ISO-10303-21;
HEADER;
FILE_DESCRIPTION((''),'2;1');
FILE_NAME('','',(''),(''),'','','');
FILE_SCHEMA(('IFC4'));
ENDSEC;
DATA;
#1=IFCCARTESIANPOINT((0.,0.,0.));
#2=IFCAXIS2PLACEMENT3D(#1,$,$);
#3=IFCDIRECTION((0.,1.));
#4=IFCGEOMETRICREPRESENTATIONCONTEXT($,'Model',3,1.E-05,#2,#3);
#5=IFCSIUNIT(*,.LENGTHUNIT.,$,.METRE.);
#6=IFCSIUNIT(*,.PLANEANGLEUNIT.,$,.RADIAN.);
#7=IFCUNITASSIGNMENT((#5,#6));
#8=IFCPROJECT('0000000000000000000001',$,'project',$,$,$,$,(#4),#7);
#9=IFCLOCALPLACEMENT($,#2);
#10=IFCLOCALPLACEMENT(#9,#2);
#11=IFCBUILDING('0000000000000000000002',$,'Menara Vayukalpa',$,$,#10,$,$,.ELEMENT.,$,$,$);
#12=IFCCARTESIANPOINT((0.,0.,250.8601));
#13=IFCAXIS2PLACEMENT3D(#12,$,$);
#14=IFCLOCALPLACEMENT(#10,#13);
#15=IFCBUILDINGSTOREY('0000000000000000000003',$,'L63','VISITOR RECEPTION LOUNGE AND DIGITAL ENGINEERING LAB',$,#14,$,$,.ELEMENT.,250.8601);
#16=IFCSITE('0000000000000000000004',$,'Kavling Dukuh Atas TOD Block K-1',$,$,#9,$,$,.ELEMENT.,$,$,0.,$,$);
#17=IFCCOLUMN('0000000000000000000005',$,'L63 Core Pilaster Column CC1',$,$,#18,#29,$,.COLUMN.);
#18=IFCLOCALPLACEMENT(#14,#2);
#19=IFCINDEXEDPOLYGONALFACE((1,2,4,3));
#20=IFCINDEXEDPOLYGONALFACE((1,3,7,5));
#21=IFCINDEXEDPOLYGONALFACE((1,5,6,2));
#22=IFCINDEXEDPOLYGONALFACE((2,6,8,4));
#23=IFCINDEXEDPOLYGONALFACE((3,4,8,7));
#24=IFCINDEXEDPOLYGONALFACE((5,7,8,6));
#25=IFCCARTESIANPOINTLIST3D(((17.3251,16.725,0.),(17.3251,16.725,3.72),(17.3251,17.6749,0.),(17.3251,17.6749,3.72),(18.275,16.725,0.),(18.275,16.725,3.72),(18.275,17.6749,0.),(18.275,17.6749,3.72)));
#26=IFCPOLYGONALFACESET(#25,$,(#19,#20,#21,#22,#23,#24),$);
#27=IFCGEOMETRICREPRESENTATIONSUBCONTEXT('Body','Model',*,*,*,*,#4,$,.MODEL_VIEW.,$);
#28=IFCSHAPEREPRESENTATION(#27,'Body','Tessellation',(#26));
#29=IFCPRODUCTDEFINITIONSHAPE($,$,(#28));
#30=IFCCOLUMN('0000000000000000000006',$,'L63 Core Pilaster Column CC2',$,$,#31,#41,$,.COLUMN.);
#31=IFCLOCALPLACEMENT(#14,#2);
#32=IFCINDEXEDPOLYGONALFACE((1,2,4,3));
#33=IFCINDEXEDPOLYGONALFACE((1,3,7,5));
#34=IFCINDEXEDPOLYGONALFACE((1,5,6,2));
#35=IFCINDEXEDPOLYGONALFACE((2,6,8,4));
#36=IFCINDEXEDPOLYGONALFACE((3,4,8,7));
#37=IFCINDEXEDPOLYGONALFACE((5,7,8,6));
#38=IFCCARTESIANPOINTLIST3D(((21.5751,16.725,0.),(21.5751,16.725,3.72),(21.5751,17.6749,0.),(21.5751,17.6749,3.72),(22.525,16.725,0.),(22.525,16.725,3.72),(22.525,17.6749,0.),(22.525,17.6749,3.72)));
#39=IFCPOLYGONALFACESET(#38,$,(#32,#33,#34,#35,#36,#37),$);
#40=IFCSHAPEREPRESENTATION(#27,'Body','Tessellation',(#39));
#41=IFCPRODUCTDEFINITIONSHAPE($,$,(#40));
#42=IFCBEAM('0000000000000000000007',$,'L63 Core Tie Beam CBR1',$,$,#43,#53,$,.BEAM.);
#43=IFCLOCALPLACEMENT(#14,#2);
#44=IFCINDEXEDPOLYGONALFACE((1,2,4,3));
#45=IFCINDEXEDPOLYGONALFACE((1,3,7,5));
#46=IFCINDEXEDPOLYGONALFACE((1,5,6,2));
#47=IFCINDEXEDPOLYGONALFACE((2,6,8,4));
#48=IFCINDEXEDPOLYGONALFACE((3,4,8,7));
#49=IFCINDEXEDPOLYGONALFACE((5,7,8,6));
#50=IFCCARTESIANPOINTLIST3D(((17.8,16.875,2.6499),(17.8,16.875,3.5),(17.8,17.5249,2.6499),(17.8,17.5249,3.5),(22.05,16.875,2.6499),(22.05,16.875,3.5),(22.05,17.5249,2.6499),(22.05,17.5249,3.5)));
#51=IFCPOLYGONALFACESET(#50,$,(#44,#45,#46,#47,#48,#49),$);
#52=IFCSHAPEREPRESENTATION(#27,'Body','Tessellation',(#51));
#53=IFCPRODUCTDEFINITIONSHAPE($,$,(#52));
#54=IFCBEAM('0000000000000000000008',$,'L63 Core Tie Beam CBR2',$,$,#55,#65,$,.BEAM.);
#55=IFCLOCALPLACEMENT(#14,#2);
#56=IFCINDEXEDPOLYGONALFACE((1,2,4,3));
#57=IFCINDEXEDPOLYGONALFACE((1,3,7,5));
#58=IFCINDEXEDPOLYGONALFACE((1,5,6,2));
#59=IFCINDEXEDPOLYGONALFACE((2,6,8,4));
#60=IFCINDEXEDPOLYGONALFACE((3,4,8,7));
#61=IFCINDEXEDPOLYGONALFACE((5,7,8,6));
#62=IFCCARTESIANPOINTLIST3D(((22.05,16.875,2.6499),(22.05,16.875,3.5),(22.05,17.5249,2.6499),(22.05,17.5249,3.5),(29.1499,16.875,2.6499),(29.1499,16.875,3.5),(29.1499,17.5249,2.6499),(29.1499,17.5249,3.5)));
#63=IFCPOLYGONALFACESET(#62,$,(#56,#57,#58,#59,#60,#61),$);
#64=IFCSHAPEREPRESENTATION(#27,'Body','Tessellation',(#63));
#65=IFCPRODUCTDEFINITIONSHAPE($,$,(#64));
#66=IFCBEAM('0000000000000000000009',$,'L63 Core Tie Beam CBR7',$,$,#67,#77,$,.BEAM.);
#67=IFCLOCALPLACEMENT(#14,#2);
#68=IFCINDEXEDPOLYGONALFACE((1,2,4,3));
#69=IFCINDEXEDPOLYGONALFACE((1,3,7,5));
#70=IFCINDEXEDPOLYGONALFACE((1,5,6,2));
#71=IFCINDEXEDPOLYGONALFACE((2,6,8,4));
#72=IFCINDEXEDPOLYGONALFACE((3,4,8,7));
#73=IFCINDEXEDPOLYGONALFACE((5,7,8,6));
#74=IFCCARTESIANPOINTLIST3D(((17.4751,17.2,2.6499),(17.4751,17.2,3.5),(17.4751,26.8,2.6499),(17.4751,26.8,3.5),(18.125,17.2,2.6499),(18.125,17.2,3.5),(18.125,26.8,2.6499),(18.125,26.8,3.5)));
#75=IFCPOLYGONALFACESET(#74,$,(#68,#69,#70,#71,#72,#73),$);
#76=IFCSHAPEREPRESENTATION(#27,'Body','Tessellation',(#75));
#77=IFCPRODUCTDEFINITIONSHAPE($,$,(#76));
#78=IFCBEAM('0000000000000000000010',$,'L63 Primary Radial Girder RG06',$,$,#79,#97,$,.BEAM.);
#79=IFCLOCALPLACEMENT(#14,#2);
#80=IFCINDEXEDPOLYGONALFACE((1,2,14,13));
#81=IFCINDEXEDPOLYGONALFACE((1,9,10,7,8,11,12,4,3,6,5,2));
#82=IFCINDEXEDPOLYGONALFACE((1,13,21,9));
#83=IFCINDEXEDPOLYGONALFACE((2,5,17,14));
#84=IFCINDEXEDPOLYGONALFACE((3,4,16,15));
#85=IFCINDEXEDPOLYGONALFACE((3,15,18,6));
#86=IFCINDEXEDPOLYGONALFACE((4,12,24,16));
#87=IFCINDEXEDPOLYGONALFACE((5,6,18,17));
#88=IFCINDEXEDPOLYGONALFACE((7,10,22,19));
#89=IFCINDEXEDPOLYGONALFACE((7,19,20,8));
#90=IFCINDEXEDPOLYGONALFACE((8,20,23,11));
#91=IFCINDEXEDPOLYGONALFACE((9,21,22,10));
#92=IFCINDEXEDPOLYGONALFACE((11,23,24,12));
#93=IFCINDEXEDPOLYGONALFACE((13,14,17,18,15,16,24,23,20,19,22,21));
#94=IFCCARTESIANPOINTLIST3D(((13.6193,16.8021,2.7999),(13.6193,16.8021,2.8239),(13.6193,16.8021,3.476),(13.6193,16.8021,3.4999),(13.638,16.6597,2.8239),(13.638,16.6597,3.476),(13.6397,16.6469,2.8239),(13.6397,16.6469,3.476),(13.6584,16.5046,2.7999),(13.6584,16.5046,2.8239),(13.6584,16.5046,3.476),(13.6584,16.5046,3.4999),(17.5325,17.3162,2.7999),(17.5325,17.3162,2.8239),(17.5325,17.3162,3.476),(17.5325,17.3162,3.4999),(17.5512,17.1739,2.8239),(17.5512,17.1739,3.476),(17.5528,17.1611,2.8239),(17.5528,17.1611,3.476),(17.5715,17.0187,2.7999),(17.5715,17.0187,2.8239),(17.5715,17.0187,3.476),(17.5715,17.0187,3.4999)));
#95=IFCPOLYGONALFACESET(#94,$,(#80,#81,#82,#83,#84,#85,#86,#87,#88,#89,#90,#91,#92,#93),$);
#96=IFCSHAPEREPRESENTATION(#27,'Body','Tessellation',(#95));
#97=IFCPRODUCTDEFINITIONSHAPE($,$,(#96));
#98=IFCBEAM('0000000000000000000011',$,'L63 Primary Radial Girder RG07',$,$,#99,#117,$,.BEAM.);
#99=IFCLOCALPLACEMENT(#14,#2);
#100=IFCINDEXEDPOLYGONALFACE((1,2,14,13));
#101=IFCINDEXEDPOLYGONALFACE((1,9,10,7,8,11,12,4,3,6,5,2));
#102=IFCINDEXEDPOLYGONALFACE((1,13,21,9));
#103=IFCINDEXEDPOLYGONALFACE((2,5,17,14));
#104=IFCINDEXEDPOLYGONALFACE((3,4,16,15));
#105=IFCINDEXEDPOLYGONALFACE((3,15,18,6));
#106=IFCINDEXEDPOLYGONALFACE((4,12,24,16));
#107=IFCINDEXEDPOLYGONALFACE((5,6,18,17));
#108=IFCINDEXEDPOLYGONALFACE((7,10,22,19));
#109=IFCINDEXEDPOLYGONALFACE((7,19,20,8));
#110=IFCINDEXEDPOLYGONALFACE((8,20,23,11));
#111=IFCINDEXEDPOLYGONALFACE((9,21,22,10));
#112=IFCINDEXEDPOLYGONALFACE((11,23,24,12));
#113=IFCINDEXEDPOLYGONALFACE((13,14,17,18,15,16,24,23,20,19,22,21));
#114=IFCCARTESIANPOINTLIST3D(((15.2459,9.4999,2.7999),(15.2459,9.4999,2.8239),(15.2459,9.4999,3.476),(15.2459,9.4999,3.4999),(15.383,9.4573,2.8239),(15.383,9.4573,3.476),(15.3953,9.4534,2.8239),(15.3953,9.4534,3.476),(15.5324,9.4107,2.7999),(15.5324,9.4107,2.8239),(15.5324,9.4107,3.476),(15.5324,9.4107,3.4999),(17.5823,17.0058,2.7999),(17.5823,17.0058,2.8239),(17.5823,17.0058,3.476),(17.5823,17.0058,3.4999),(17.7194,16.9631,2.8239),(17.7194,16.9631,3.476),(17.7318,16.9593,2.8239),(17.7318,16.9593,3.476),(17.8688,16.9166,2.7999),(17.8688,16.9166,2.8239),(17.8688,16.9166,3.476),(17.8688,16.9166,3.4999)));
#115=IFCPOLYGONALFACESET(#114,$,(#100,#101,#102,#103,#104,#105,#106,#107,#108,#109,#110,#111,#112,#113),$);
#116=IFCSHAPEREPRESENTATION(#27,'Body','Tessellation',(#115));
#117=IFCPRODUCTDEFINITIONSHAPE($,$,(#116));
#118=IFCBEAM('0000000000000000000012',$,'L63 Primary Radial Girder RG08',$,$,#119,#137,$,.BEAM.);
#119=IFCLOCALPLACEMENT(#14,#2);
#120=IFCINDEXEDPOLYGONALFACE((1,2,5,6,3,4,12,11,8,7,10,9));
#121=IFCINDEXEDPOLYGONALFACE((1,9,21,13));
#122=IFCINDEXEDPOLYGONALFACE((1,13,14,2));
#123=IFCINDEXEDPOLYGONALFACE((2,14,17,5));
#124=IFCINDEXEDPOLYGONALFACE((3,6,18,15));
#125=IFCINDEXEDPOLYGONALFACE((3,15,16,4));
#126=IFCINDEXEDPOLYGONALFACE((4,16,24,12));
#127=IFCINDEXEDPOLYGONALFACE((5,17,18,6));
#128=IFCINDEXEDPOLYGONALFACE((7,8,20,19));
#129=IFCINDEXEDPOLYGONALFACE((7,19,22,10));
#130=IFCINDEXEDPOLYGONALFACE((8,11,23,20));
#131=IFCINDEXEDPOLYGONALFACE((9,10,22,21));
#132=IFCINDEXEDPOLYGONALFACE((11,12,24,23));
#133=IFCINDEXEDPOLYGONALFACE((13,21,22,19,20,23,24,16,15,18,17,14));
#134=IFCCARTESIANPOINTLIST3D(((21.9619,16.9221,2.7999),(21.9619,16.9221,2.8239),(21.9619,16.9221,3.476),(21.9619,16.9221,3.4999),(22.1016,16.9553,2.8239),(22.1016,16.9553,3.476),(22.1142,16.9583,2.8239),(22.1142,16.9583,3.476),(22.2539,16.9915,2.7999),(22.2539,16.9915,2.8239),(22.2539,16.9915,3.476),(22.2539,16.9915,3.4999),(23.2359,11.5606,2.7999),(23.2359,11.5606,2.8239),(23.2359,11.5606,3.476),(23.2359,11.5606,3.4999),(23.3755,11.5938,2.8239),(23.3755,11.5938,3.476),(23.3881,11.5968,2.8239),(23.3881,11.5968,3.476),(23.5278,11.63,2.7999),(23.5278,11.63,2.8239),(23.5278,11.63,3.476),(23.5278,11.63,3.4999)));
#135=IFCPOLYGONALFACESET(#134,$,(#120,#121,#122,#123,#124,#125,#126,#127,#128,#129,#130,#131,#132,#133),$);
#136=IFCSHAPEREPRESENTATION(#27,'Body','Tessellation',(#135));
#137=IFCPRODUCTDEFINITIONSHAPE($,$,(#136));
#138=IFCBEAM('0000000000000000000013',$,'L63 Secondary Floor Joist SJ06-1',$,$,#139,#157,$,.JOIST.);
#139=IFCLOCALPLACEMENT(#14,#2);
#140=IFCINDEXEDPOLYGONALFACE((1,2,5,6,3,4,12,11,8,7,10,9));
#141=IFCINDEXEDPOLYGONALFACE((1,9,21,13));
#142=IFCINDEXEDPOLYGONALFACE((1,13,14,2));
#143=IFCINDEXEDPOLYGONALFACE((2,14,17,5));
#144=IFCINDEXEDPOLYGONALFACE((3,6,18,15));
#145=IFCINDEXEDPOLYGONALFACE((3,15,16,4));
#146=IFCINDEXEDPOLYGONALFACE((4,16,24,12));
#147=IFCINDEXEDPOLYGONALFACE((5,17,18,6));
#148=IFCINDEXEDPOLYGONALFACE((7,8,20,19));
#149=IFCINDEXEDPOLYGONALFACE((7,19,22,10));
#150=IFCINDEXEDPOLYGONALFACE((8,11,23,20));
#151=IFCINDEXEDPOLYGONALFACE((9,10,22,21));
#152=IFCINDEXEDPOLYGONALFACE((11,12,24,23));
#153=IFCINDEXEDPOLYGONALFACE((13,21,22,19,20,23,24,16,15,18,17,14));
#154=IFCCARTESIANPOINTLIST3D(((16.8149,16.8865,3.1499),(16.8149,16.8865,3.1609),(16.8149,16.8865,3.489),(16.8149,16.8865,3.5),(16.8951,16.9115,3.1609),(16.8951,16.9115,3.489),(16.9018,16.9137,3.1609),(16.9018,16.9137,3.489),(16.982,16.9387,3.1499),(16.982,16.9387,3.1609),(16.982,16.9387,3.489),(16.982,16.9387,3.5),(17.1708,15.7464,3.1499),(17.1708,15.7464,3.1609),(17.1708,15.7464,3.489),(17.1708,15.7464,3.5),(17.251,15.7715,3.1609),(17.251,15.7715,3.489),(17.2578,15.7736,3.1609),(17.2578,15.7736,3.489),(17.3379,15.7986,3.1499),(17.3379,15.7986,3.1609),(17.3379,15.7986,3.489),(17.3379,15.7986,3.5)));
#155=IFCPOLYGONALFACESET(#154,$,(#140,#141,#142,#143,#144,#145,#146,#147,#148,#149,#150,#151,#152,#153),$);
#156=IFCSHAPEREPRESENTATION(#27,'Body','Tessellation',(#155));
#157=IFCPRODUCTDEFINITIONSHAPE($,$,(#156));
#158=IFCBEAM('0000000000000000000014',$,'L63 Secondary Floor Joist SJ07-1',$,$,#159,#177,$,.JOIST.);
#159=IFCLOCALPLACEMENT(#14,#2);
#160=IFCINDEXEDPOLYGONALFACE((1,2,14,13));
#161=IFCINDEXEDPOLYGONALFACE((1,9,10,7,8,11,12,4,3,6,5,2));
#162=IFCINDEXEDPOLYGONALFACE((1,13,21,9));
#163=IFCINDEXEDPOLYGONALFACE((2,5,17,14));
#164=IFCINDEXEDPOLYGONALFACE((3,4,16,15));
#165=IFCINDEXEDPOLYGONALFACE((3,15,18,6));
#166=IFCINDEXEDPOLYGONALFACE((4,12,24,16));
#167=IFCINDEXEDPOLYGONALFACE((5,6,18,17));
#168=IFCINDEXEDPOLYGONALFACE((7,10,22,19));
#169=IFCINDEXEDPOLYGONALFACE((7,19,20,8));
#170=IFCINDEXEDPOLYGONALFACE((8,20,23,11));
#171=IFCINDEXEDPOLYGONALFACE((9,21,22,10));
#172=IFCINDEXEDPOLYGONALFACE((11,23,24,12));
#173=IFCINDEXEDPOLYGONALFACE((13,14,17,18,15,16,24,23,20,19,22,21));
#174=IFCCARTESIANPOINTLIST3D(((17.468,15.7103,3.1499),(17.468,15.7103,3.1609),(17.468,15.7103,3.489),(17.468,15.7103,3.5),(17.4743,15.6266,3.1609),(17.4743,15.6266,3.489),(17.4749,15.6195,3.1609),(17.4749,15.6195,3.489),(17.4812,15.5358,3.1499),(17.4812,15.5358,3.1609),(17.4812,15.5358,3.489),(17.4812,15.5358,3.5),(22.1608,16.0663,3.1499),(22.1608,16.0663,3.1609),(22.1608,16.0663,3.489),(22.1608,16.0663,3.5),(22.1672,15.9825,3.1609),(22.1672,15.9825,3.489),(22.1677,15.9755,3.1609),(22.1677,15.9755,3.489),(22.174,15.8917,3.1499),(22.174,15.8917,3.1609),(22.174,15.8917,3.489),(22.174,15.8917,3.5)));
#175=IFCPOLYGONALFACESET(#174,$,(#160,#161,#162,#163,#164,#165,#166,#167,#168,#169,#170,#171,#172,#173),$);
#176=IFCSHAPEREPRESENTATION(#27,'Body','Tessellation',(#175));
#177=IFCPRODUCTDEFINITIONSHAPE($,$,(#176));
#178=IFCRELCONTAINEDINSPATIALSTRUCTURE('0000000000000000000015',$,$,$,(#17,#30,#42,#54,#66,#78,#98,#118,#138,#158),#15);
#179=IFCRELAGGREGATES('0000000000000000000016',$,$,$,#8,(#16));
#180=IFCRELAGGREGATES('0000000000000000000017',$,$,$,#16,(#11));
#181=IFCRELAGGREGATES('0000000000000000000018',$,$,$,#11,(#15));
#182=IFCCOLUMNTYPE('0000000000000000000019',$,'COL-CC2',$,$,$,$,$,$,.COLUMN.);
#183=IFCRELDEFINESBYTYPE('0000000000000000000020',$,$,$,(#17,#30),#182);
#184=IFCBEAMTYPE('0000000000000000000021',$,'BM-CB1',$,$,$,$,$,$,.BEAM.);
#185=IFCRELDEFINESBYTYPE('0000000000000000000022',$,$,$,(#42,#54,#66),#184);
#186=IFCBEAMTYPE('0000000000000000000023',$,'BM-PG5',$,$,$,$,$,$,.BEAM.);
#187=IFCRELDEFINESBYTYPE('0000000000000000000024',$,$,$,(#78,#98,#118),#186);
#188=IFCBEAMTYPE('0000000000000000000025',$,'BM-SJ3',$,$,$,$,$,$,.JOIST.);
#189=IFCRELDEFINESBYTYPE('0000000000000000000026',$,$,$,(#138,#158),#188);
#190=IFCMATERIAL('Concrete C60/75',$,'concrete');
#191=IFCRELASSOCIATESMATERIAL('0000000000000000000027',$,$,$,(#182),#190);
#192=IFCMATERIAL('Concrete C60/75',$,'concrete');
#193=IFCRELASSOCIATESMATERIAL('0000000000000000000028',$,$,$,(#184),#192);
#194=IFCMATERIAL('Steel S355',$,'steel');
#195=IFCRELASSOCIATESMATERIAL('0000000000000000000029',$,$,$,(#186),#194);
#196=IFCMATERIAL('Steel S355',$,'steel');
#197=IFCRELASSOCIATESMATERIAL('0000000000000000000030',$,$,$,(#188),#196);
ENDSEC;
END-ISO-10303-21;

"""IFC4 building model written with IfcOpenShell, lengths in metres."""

from ifc_helpers import new_model, si_unit, direction, frame, origin, origin_2d, place, context, subcontext, project, spatial, rectangle, i_section, extrude, material, material_profile, profile_set, type_object, element, save


model = new_model("IFC4")

# Units and contexts
model_context = context("Model", 3, precision=1e-05, world=origin(), true_north=direction((0.0, 1.0)))
body_context = subcontext(model_context, "Body", "Model", "MODEL_VIEW")
ifc_project = project(units=[si_unit("LENGTHUNIT", "METRE"), si_unit("PLANEANGLEUNIT", "RADIAN")], contexts=[model_context])

# Site, building, storey
site_placement = place(None, origin())
site = spatial("IfcSite", under=ifc_project, at=site_placement, Name="Kavling Dukuh Atas TOD Block K-1", CompositionType="ELEMENT", RefElevation=0.0)
building_placement = place(site_placement, origin())
building = spatial("IfcBuilding", under=site, at=building_placement, Name="Menara Vayukalpa", CompositionType="ELEMENT")
storey_placement = place(building_placement, frame((0.0, 0.0, 250.8601)))
storey = spatial("IfcBuildingStorey", under=building, at=storey_placement, Name="L63", Description="VISITOR RECEPTION LOUNGE AND DIGITAL ENGINEERING LAB", CompositionType="ELEMENT", Elevation=250.8601)

# Columns
ifc_material_1 = material(Name="Concrete C60/75", Category="concrete")
ifc_material_profile_1 = material_profile(ifc_material_1, rectangle(XDim=0.95, YDim=0.95, at=origin_2d()), Name="RC 950x950")
ifc_profile_set_1 = profile_set([ifc_material_profile_1], Name="Concrete C60/75")
column_type = type_object("IfcColumnType", Name="COL-CC2", PredefinedType="COLUMN", material=ifc_profile_set_1)
for number, where, z_axis, x_axis, name in (
    (1, (17.8, 17.2, 0.0), (0.0, 0.0, 1.0), (1.0, 0.0, 0.0), "L63 Core Pilaster Column CC1"),
    (2, (22.05, 17.2, 0.0), (0.0, 0.0, 1.0), (1.0, 0.0, 0.0), "L63 Core Pilaster Column CC2"),
):
    element("IfcColumn", number, at=place(storey_placement, frame(where, z_axis=z_axis, x_axis=x_axis)), inside=storey, type_object=column_type, Name=name, PredefinedType="COLUMN", context=body_context, shape_type="SweptSolid", body=[
        extrude(rectangle(XDim=0.95, YDim=0.95, at=origin_2d()), origin(), (0.0, 0.0, 1.0), 3.72),
    ])

# Beams
ifc_material_2 = material(Name="Concrete C60/75", Category="concrete")
ifc_material_profile_2 = material_profile(ifc_material_2, rectangle(XDim=0.6499, YDim=0.8501, at=origin_2d()), Name="RC 650x850")
ifc_profile_set_2 = profile_set([ifc_material_profile_2], Name="Concrete C60/75")
beam_type_1 = type_object("IfcBeamType", Name="BM-CB1", PredefinedType="BEAM", material=ifc_profile_set_2)
beam_1_placement = place(storey_placement, frame((17.8, 17.2, 3.075), z_axis=(1.0, 0.0, 0.0), x_axis=(0.0, 1.0, 0.0)))
element("IfcBeam", 3, at=beam_1_placement, inside=storey, type_object=beam_type_1, Name="L63 Core Tie Beam CBR1", PredefinedType="BEAM", context=body_context, shape_type="SweptSolid", body=[
    extrude(rectangle(XDim=0.6499, YDim=0.8501, at=origin_2d()), origin(), (0.0, 0.0, 1.0), 4.25),
])
beam_2_placement = place(storey_placement, frame((22.05, 17.2, 3.075), z_axis=(1.0, 0.0, 0.0), x_axis=(0.0, 1.0, 0.0)))
element("IfcBeam", 4, at=beam_2_placement, inside=storey, type_object=beam_type_1, Name="L63 Core Tie Beam CBR2", PredefinedType="BEAM", context=body_context, shape_type="SweptSolid", body=[
    extrude(rectangle(XDim=0.6499, YDim=0.8501, at=origin_2d()), origin(), (0.0, 0.0, 1.0), 7.0999),
])
beam_3_placement = place(storey_placement, frame((17.8, 17.2, 3.075), z_axis=(0.0, 1.0, 0.0), x_axis=(-1.0, 0.0, 0.0)))
element("IfcBeam", 5, at=beam_3_placement, inside=storey, type_object=beam_type_1, Name="L63 Core Tie Beam CBR7", PredefinedType="BEAM", context=body_context, shape_type="SweptSolid", body=[
    extrude(rectangle(XDim=0.6499, YDim=0.8501, at=origin_2d()), origin(), (0.0, 0.0, 1.0), 9.6001),
])
ifc_material_3 = material(Name="Steel S355", Category="steel")
ifc_material_profile_3 = material_profile(ifc_material_3, i_section(OverallWidth=0.3, OverallDepth=0.7, WebThickness=0.0129, FlangeThickness=0.0239, at=origin_2d()), Name="WF 700x300x13x24")
ifc_profile_set_3 = profile_set([ifc_material_profile_3], Name="Steel S355")
beam_type_2 = type_object("IfcBeamType", Name="BM-PG5", PredefinedType="BEAM", material=ifc_profile_set_3)
beam_4_placement = place(storey_placement, frame((17.552, 17.1675, 3.1499), z_axis=(-0.991478, -0.130275, 0.0), x_axis=(0.130275, -0.991478, 0.0)))
element("IfcBeam", 6, at=beam_4_placement, inside=storey, type_object=beam_type_2, Name="L63 Primary Radial Girder RG06", PredefinedType="BEAM", context=body_context, shape_type="SweptSolid", body=[
    extrude(i_section(OverallWidth=0.3, OverallDepth=0.7, WebThickness=0.0129, FlangeThickness=0.0239, at=origin_2d()), origin(), (0.0, 0.0, 1.0), 3.9468),
])
beam_5_placement = place(storey_placement, frame((17.7256, 16.9612, 3.1499), z_axis=(-0.297214, -0.954811, 0.0), x_axis=(0.954811, -0.297214, 0.0)))
element("IfcBeam", 7, at=beam_5_placement, inside=storey, type_object=beam_type_2, Name="L63 Primary Radial Girder RG07", PredefinedType="BEAM", context=body_context, shape_type="SweptSolid", body=[
    extrude(i_section(OverallWidth=0.3, OverallDepth=0.7, WebThickness=0.0129, FlangeThickness=0.0239, at=origin_2d()), origin(), (0.0, 0.0, 1.0), 7.8611),
])
beam_6_placement = place(storey_placement, frame((22.1079, 16.9568, 3.1499), z_axis=(0.231167, -0.972914, 0.0), x_axis=(0.972914, 0.231167, 0.0)))
element("IfcBeam", 8, at=beam_6_placement, inside=storey, type_object=beam_type_2, Name="L63 Primary Radial Girder RG08", PredefinedType="BEAM", context=body_context, shape_type="SweptSolid", body=[
    extrude(i_section(OverallWidth=0.3, OverallDepth=0.7, WebThickness=0.0129, FlangeThickness=0.0239, at=origin_2d()), origin(), (0.0, 0.0, 1.0), 5.5107),
])
ifc_material_4 = material(Name="Steel S355", Category="steel")
ifc_material_profile_4 = material_profile(ifc_material_4, i_section(OverallWidth=0.175, OverallDepth=0.3501, WebThickness=0.0071, FlangeThickness=0.011, at=origin_2d()), Name="WF 350x175x7x11")
ifc_profile_set_4 = profile_set([ifc_material_profile_4], Name="Steel S355")
beam_type_3 = type_object("IfcBeamType", Name="BM-SJ3", PredefinedType="JOIST", material=ifc_profile_set_4)
beam_7_placement = place(storey_placement, frame((16.8984, 16.9126, 3.325), z_axis=(0.298019, -0.95456, 0.0), x_axis=(0.95456, 0.298019, 0.0)))
element("IfcBeam", 9, at=beam_7_placement, inside=storey, type_object=beam_type_3, Name="L63 Secondary Floor Joist SJ06-1", PredefinedType="JOIST", context=body_context, shape_type="SweptSolid", body=[
    extrude(i_section(OverallWidth=0.175, OverallDepth=0.3501, WebThickness=0.0071, FlangeThickness=0.011, at=origin_2d()), origin(), (0.0, 0.0, 1.0), 1.1943),
])
beam_8_placement = place(storey_placement, frame((17.4746, 15.623, 3.325), z_axis=(0.997136, 0.075633, 0.0), x_axis=(-0.075633, 0.997136, 0.0)))
element("IfcBeam", 10, at=beam_8_placement, inside=storey, type_object=beam_type_3, Name="L63 Secondary Floor Joist SJ07-1", PredefinedType="JOIST", context=body_context, shape_type="SweptSolid", body=[
    extrude(i_section(OverallWidth=0.175, OverallDepth=0.3501, WebThickness=0.0071, FlangeThickness=0.011, at=origin_2d()), origin(), (0.0, 0.0, 1.0), 4.7063),
])

save(model, "model.ifc")
